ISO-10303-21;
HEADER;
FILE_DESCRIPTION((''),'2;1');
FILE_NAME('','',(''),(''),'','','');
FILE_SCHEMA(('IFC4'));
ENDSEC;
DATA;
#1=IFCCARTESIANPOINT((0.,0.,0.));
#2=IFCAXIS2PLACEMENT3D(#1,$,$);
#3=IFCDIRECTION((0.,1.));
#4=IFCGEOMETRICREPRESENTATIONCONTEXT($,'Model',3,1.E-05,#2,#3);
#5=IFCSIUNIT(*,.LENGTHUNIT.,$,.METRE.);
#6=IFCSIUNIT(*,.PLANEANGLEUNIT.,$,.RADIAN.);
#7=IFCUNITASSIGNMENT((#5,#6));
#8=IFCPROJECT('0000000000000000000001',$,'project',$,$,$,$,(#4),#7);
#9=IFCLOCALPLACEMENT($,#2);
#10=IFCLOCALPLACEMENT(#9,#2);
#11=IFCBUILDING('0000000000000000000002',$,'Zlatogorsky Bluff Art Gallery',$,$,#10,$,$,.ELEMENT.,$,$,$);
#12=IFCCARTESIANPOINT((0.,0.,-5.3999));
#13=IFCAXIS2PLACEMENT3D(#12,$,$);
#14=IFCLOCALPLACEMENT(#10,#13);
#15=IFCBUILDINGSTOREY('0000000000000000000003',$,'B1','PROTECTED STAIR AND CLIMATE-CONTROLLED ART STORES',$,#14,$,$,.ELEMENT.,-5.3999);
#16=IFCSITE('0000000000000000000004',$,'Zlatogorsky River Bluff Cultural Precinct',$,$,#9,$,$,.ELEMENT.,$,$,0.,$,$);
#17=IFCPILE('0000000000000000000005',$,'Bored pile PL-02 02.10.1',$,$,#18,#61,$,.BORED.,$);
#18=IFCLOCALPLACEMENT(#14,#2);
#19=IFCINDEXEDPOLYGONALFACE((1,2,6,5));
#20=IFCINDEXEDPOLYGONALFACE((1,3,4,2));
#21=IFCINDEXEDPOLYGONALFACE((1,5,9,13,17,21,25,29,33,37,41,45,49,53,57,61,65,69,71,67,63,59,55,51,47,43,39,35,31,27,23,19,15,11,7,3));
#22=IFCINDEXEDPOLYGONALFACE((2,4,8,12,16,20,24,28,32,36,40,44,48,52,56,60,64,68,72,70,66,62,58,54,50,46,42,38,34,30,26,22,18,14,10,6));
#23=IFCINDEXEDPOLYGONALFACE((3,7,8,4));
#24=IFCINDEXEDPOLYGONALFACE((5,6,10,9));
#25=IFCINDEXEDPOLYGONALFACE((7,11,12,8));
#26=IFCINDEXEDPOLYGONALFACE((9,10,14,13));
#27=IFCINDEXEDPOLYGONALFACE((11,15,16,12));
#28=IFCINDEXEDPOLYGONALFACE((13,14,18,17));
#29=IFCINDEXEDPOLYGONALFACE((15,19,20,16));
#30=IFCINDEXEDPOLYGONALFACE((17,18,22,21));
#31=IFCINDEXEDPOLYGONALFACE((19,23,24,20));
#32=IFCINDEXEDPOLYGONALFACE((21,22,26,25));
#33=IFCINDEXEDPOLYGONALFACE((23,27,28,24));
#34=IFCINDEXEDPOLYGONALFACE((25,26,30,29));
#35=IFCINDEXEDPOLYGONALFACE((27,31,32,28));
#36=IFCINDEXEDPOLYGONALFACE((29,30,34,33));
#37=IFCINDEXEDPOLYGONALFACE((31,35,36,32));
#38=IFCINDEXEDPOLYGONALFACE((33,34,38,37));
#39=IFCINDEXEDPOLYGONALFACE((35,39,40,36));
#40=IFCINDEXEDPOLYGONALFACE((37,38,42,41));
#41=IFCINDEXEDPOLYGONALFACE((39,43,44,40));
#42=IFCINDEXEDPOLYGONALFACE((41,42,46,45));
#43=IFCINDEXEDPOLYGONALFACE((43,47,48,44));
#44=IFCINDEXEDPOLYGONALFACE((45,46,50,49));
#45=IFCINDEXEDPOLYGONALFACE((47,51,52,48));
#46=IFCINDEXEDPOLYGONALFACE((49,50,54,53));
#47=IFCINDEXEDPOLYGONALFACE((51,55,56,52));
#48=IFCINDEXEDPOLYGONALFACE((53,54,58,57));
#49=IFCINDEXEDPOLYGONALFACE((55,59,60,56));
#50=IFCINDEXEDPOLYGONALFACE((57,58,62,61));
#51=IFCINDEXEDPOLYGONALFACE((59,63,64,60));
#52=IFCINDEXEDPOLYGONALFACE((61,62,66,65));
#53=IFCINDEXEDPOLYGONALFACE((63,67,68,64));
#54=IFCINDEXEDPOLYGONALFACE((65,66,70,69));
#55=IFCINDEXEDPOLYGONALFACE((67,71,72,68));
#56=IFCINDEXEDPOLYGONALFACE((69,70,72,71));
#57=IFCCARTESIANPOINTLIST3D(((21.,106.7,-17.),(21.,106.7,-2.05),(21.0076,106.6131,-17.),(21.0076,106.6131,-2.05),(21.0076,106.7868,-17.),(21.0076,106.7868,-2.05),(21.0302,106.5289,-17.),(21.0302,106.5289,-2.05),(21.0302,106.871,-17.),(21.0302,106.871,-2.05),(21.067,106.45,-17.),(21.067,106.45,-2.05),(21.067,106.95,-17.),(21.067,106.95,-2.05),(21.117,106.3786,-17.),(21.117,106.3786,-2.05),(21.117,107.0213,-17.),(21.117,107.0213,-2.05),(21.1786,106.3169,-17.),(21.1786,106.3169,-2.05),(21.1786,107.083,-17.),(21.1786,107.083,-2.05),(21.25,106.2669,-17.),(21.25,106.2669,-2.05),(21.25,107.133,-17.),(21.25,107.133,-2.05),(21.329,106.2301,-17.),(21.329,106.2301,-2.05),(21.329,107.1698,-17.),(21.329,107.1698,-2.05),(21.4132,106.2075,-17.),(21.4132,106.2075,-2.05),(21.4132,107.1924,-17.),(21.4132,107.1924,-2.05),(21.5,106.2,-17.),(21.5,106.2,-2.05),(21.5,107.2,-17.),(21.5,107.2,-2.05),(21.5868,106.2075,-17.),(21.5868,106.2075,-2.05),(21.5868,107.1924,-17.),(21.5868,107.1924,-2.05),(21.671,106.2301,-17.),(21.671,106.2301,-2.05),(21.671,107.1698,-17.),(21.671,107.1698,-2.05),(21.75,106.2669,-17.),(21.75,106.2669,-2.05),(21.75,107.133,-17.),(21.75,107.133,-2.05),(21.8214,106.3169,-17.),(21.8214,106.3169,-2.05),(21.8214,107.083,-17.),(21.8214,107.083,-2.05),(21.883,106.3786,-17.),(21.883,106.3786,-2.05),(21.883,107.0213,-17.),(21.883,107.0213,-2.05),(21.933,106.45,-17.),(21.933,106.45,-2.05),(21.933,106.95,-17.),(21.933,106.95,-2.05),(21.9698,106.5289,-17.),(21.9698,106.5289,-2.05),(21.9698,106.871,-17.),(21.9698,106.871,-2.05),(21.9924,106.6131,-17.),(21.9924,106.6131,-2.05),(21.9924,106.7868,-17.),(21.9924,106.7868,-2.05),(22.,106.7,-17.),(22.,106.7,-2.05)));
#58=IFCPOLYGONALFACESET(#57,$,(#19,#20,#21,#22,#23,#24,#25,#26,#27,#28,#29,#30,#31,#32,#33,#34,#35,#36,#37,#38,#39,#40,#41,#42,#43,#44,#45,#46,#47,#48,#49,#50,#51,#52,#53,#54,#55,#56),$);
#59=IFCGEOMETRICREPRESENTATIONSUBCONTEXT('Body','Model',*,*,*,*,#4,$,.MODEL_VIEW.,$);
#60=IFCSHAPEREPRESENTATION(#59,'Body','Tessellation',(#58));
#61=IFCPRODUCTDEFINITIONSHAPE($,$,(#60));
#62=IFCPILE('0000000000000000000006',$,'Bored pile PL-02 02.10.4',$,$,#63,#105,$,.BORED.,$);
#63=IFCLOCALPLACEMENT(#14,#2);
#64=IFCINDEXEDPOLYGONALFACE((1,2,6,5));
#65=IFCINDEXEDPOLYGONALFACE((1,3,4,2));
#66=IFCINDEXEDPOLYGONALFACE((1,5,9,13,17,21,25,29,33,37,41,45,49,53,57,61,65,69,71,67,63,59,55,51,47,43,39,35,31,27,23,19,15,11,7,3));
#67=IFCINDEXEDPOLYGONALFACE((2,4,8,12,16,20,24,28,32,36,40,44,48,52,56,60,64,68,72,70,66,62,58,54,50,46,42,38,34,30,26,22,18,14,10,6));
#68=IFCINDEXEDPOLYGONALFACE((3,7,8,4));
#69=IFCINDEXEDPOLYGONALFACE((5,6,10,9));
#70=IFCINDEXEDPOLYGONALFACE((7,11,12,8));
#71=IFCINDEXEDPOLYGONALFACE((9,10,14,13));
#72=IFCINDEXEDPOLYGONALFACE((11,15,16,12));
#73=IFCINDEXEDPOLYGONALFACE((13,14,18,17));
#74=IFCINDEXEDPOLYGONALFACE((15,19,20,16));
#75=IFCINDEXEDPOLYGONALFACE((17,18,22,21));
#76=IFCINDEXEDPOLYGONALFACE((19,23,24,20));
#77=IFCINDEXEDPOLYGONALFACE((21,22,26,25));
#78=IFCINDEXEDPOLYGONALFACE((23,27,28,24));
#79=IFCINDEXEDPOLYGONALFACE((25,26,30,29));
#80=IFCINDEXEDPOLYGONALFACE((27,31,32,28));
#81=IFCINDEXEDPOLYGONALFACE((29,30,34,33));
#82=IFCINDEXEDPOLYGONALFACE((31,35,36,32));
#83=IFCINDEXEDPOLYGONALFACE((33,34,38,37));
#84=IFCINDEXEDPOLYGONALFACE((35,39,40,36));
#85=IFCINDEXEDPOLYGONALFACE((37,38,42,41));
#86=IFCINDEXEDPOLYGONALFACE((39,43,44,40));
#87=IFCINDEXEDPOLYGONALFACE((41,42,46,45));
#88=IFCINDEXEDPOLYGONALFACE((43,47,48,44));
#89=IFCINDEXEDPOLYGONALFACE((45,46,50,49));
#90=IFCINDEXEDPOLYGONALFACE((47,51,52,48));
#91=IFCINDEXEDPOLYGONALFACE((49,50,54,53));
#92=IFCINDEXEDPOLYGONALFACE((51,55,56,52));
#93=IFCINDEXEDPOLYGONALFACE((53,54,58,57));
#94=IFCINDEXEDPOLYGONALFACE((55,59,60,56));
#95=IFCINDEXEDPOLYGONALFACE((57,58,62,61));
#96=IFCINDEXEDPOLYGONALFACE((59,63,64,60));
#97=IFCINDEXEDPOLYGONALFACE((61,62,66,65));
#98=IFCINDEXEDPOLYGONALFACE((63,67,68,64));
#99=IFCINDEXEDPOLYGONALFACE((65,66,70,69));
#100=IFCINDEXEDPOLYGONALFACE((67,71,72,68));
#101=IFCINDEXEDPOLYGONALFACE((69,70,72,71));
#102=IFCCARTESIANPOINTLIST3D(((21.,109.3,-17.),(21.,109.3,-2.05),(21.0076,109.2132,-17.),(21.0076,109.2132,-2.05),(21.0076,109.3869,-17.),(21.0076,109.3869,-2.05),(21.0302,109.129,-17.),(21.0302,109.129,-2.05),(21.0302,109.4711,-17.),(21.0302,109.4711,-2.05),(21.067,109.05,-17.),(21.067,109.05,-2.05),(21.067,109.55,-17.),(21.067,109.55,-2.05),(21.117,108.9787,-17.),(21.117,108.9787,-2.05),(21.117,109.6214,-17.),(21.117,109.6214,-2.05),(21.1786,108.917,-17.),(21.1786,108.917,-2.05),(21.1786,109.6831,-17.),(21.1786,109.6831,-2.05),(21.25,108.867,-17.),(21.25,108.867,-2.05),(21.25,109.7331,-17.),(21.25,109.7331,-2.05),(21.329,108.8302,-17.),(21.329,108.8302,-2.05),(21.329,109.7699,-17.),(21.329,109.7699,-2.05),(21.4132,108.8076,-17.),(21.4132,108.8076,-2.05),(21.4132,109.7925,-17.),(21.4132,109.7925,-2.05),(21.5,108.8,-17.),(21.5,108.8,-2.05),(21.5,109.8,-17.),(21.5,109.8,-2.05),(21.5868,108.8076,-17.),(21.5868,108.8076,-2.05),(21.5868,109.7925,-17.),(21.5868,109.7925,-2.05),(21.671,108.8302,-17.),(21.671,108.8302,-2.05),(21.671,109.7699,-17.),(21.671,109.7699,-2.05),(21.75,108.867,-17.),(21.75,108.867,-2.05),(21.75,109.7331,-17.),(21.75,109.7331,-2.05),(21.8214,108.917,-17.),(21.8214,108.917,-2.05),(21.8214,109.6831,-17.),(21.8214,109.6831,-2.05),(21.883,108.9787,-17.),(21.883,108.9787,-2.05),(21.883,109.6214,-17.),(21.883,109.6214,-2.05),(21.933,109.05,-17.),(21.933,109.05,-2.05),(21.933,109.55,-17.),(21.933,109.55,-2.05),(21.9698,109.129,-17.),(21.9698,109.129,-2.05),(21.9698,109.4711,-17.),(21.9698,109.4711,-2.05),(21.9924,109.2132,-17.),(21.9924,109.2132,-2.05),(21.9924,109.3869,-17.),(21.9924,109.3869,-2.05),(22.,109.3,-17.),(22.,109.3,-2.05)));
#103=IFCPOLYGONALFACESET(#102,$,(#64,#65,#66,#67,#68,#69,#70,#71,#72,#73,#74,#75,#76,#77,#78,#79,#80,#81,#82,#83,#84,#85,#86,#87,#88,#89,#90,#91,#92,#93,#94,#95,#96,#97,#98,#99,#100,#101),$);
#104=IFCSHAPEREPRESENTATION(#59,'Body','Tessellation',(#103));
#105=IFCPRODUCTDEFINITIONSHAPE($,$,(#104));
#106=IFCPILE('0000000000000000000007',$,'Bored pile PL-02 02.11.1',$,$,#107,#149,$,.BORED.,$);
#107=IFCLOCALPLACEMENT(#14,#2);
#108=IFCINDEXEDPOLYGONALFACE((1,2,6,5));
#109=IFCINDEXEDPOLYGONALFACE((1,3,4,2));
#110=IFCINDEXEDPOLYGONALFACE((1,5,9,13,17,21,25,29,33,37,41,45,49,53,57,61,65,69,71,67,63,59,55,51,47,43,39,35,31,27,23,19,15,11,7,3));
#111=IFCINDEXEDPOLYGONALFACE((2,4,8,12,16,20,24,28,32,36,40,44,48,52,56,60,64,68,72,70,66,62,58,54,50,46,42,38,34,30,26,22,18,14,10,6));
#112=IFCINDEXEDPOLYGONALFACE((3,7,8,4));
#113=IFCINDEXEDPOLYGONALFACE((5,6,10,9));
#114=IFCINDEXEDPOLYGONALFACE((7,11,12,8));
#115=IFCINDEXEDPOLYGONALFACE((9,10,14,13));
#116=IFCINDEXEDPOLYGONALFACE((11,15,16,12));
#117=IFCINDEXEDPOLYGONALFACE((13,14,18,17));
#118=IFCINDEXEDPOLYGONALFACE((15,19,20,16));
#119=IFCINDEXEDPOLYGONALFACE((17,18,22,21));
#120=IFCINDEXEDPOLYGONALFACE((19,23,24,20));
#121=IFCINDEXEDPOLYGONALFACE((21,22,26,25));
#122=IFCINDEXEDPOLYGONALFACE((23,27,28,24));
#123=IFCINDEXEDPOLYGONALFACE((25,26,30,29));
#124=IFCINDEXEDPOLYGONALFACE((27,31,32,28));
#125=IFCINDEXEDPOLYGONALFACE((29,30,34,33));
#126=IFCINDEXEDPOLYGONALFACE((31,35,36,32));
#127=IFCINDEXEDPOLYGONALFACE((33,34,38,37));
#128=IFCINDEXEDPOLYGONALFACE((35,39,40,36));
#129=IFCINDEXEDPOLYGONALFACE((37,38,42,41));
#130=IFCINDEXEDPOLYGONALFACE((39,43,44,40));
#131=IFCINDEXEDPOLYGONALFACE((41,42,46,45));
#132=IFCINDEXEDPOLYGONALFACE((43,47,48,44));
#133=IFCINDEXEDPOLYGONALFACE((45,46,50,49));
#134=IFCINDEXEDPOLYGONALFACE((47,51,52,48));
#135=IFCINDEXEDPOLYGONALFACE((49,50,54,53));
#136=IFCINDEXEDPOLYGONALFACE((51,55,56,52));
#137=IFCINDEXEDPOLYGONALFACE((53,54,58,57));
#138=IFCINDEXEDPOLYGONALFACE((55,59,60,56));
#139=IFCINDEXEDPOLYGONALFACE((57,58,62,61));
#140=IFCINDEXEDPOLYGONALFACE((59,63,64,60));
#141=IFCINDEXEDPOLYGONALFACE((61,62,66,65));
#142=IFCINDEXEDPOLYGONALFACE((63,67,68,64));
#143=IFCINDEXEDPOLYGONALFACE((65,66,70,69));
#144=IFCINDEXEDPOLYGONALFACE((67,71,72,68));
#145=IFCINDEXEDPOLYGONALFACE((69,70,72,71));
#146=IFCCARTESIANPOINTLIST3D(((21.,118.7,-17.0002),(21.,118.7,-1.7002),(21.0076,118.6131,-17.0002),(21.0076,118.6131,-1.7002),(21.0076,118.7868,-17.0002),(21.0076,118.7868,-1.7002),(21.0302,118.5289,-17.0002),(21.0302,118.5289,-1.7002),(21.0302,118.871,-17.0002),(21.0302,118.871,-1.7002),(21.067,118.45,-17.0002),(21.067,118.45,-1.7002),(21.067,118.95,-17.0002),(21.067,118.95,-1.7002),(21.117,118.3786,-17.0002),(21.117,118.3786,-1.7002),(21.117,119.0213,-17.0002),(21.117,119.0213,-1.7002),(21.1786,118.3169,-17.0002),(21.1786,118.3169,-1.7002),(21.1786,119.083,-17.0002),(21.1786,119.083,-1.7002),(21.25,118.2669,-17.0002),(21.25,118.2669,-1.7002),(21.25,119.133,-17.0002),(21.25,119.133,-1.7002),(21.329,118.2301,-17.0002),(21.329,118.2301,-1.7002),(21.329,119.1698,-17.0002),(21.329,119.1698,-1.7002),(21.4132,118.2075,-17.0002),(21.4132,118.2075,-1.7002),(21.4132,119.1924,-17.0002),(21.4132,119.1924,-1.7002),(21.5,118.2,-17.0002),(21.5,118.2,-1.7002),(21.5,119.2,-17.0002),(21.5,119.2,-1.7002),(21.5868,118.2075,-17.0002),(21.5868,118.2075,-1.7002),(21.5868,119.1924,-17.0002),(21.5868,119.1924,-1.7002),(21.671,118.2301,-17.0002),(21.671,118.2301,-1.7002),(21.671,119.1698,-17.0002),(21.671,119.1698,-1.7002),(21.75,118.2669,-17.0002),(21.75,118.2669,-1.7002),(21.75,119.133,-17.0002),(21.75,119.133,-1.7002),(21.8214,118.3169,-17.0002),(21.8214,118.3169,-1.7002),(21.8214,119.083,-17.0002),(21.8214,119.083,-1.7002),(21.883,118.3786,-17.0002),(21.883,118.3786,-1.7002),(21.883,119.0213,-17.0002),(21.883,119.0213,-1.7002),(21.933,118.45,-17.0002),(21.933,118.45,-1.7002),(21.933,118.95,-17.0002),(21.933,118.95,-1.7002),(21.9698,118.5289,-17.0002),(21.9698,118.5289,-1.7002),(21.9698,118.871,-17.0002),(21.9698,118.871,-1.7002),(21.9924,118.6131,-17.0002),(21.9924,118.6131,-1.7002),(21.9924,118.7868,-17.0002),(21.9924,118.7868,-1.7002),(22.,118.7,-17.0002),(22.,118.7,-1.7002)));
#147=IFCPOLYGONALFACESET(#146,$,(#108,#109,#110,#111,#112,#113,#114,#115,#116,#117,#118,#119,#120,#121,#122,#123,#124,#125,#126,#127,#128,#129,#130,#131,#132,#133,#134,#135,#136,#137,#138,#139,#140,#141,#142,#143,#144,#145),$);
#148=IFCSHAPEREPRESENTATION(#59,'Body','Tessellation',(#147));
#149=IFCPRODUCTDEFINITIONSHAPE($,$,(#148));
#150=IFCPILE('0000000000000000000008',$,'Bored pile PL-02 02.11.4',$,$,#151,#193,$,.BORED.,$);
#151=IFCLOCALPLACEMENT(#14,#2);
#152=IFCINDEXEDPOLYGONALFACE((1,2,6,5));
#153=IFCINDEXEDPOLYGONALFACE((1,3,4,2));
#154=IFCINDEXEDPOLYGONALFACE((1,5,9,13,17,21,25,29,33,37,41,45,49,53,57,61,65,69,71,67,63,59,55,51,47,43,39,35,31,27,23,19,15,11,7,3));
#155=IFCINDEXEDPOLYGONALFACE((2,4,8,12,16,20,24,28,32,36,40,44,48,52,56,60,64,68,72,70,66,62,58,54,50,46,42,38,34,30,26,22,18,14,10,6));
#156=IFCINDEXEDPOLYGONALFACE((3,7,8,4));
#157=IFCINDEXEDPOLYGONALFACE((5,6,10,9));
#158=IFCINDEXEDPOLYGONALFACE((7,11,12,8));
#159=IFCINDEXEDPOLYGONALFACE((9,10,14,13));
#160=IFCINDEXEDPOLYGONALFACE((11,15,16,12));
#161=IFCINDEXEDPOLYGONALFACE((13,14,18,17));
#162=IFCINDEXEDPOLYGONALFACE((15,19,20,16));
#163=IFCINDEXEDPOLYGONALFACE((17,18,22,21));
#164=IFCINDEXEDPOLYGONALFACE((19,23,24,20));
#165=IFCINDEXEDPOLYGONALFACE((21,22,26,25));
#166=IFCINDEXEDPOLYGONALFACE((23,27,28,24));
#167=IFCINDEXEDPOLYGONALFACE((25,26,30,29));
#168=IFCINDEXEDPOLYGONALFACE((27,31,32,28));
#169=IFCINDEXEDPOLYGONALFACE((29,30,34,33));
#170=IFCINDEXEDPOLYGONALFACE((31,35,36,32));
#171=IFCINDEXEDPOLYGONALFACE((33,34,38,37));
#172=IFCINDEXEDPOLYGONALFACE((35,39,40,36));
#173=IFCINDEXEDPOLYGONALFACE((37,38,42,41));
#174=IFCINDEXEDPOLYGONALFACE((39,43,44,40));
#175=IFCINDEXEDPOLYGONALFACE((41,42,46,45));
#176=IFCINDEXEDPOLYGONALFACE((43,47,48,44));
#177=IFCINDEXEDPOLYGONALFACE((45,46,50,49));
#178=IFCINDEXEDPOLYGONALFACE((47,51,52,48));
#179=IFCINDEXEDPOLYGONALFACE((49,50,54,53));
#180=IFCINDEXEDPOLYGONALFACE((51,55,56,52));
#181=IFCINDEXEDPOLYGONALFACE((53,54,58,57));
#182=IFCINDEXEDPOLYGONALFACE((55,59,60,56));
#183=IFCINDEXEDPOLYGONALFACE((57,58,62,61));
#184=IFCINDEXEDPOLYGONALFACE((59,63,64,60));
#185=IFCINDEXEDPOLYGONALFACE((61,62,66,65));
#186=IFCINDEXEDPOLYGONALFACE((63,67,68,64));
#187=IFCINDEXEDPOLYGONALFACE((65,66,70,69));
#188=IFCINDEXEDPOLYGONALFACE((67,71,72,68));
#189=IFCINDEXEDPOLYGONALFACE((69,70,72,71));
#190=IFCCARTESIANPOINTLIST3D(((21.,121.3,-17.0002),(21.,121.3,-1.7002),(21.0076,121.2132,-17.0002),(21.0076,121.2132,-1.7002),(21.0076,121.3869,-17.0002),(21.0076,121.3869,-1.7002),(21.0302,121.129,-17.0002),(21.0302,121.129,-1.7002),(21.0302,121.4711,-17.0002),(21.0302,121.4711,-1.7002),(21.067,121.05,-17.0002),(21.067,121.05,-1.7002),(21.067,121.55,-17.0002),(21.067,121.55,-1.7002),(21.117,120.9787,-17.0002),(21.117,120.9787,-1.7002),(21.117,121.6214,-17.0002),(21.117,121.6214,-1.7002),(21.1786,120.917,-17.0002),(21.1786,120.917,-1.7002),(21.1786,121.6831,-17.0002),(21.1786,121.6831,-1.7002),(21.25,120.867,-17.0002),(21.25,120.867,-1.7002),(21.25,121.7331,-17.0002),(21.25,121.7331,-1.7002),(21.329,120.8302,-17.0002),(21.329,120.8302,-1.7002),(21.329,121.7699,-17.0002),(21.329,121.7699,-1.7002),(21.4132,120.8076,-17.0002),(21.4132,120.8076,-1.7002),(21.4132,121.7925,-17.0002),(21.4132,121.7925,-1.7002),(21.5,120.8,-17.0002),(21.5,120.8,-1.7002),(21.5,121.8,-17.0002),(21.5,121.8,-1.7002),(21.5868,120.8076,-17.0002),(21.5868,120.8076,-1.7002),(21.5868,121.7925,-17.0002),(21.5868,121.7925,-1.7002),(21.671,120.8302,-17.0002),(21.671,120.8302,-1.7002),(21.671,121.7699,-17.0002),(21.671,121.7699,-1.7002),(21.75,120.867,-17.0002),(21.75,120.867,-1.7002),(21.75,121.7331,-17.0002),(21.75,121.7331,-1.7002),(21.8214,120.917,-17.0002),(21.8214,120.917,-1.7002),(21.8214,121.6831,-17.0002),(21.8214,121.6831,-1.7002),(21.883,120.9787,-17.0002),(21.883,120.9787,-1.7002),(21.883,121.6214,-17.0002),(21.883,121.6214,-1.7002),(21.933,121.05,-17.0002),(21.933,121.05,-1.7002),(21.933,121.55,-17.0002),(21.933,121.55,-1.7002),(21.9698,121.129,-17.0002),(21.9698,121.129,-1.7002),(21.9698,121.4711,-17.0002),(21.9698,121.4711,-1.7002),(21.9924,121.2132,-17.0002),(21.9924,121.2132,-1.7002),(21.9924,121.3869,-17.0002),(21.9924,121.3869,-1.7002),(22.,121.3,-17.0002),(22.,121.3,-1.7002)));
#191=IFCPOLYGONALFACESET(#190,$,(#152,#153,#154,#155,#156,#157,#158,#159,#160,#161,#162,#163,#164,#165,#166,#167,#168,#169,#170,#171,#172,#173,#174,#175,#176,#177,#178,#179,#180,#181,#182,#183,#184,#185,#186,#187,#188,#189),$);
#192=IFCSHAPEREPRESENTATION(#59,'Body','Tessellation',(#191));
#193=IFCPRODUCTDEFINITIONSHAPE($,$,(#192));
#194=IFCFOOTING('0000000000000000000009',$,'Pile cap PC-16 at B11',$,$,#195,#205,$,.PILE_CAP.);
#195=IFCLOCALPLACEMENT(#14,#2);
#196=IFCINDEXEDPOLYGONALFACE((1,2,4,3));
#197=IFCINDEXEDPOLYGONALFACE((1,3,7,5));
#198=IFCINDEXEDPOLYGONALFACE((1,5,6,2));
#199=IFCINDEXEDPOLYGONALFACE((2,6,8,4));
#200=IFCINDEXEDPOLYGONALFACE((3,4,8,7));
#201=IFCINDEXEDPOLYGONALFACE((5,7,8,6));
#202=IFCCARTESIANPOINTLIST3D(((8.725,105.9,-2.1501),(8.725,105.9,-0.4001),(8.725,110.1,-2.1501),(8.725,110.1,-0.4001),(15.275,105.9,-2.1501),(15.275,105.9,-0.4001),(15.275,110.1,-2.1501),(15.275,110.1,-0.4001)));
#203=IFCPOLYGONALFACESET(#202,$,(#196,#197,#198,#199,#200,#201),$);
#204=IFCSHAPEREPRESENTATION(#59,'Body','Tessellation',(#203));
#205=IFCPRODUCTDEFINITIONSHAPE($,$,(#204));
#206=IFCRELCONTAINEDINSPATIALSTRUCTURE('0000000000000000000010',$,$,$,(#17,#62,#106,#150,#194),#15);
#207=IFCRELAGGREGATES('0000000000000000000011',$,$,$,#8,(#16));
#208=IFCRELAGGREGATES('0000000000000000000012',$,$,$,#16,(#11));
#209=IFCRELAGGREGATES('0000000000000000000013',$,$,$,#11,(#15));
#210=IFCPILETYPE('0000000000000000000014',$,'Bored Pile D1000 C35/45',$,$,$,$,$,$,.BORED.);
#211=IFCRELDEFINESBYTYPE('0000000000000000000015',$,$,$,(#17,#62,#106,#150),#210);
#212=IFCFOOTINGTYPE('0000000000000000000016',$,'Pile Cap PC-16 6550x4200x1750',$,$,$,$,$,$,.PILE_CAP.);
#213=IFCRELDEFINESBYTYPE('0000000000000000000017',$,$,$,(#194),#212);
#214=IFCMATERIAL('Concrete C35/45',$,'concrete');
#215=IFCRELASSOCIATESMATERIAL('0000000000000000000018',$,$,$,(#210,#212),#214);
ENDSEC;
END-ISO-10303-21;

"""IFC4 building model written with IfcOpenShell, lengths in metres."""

from ifc_helpers import new_model, si_unit, direction, frame, origin, origin_2d, place, context, subcontext, project, spatial, rectangle, circle, extrude, material, material_profile, profile_set, type_object, element, save


model = new_model("IFC4")

# Units and contexts
model_context = context("Model", 3, precision=1e-05, world=origin(), true_north=direction((0.0, 1.0)))
body_context = subcontext(model_context, "Body", "Model", "MODEL_VIEW")
ifc_project = project(units=[si_unit("LENGTHUNIT", "METRE"), si_unit("PLANEANGLEUNIT", "RADIAN")], contexts=[model_context])

# Site, building, storey
site_placement = place(None, origin())
site = spatial("IfcSite", under=ifc_project, at=site_placement, Name="Zlatogorsky River Bluff Cultural Precinct", CompositionType="ELEMENT", RefElevation=0.0)
building_placement = place(site_placement, origin())
building = spatial("IfcBuilding", under=site, at=building_placement, Name="Zlatogorsky Bluff Art Gallery", CompositionType="ELEMENT")
storey_placement = place(building_placement, frame((0.0, 0.0, -5.3999)))
storey = spatial("IfcBuildingStorey", under=building, at=storey_placement, Name="B1", Description="PROTECTED STAIR AND CLIMATE-CONTROLLED ART STORES", CompositionType="ELEMENT", Elevation=-5.3999)

# Piles
ifc_material_1 = material(Name="Concrete C35/45", Category="concrete")
ifc_material_profile_1 = material_profile(ifc_material_1, circle(Radius=0.5, at=origin_2d()), Name="BORED PILE D1000")
ifc_profile_set_1 = profile_set([ifc_material_profile_1], Name="Concrete C35/45")
pile_type = type_object("IfcPileType", Name="Bored Pile D1000 C35/45", PredefinedType="BORED", material=ifc_profile_set_1)
for number, where, z_axis, x_axis, name in (
    (1, (21.5, 106.7, -2.05), (0.0, 0.0, -1.0), (1.0, 0.0, 0.0), "Bored pile PL-02 02.10.1"),
    (2, (21.5, 109.3, -2.05), (0.0, 0.0, -1.0), (1.0, 0.0, 0.0), "Bored pile PL-02 02.10.4"),
):
    element("IfcPile", number, at=place(storey_placement, frame(where, z_axis=z_axis, x_axis=x_axis)), inside=storey, type_object=pile_type, Name=name, PredefinedType="BORED", context=body_context, shape_type="SweptSolid", body=[
        extrude(circle(Radius=0.5, at=origin_2d()), origin(), (0.0, 0.0, 1.0), 14.95),
    ])
for number, where, z_axis, x_axis, name in (
    (3, (21.5, 118.7, -1.7002), (0.0, 0.0, -1.0), (1.0, 0.0, 0.0), "Bored pile PL-02 02.11.1"),
    (4, (21.5, 121.3, -1.7002), (0.0, 0.0, -1.0), (1.0, 0.0, 0.0), "Bored pile PL-02 02.11.4"),
):
    element("IfcPile", number, at=place(storey_placement, frame(where, z_axis=z_axis, x_axis=x_axis)), inside=storey, type_object=pile_type, Name=name, PredefinedType="BORED", context=body_context, shape_type="SweptSolid", body=[
        extrude(circle(Radius=0.5, at=origin_2d()), origin(), (0.0, 0.0, 1.0), 15.3),
    ])

# Footing
footing_type_1 = type_object("IfcFootingType", Name="Pile Cap PC-16 6550x4200x1750", PredefinedType="PILE_CAP", material=ifc_material_1)
footing_1_placement = place(storey_placement, frame((12.0, 108.0, -2.1501), z_axis=(0.0, 0.0, 1.0), x_axis=(1.0, 0.0, 0.0)))
element("IfcFooting", 5, at=footing_1_placement, inside=storey, type_object=footing_type_1, Name="Pile cap PC-16 at B11", PredefinedType="PILE_CAP", context=body_context, shape_type="SweptSolid", body=[
    extrude(rectangle(XDim=6.55, YDim=4.2, at=origin_2d()), origin(), (0.0, 0.0, 1.0), 1.75),
])

save(model, "model.ifc")
